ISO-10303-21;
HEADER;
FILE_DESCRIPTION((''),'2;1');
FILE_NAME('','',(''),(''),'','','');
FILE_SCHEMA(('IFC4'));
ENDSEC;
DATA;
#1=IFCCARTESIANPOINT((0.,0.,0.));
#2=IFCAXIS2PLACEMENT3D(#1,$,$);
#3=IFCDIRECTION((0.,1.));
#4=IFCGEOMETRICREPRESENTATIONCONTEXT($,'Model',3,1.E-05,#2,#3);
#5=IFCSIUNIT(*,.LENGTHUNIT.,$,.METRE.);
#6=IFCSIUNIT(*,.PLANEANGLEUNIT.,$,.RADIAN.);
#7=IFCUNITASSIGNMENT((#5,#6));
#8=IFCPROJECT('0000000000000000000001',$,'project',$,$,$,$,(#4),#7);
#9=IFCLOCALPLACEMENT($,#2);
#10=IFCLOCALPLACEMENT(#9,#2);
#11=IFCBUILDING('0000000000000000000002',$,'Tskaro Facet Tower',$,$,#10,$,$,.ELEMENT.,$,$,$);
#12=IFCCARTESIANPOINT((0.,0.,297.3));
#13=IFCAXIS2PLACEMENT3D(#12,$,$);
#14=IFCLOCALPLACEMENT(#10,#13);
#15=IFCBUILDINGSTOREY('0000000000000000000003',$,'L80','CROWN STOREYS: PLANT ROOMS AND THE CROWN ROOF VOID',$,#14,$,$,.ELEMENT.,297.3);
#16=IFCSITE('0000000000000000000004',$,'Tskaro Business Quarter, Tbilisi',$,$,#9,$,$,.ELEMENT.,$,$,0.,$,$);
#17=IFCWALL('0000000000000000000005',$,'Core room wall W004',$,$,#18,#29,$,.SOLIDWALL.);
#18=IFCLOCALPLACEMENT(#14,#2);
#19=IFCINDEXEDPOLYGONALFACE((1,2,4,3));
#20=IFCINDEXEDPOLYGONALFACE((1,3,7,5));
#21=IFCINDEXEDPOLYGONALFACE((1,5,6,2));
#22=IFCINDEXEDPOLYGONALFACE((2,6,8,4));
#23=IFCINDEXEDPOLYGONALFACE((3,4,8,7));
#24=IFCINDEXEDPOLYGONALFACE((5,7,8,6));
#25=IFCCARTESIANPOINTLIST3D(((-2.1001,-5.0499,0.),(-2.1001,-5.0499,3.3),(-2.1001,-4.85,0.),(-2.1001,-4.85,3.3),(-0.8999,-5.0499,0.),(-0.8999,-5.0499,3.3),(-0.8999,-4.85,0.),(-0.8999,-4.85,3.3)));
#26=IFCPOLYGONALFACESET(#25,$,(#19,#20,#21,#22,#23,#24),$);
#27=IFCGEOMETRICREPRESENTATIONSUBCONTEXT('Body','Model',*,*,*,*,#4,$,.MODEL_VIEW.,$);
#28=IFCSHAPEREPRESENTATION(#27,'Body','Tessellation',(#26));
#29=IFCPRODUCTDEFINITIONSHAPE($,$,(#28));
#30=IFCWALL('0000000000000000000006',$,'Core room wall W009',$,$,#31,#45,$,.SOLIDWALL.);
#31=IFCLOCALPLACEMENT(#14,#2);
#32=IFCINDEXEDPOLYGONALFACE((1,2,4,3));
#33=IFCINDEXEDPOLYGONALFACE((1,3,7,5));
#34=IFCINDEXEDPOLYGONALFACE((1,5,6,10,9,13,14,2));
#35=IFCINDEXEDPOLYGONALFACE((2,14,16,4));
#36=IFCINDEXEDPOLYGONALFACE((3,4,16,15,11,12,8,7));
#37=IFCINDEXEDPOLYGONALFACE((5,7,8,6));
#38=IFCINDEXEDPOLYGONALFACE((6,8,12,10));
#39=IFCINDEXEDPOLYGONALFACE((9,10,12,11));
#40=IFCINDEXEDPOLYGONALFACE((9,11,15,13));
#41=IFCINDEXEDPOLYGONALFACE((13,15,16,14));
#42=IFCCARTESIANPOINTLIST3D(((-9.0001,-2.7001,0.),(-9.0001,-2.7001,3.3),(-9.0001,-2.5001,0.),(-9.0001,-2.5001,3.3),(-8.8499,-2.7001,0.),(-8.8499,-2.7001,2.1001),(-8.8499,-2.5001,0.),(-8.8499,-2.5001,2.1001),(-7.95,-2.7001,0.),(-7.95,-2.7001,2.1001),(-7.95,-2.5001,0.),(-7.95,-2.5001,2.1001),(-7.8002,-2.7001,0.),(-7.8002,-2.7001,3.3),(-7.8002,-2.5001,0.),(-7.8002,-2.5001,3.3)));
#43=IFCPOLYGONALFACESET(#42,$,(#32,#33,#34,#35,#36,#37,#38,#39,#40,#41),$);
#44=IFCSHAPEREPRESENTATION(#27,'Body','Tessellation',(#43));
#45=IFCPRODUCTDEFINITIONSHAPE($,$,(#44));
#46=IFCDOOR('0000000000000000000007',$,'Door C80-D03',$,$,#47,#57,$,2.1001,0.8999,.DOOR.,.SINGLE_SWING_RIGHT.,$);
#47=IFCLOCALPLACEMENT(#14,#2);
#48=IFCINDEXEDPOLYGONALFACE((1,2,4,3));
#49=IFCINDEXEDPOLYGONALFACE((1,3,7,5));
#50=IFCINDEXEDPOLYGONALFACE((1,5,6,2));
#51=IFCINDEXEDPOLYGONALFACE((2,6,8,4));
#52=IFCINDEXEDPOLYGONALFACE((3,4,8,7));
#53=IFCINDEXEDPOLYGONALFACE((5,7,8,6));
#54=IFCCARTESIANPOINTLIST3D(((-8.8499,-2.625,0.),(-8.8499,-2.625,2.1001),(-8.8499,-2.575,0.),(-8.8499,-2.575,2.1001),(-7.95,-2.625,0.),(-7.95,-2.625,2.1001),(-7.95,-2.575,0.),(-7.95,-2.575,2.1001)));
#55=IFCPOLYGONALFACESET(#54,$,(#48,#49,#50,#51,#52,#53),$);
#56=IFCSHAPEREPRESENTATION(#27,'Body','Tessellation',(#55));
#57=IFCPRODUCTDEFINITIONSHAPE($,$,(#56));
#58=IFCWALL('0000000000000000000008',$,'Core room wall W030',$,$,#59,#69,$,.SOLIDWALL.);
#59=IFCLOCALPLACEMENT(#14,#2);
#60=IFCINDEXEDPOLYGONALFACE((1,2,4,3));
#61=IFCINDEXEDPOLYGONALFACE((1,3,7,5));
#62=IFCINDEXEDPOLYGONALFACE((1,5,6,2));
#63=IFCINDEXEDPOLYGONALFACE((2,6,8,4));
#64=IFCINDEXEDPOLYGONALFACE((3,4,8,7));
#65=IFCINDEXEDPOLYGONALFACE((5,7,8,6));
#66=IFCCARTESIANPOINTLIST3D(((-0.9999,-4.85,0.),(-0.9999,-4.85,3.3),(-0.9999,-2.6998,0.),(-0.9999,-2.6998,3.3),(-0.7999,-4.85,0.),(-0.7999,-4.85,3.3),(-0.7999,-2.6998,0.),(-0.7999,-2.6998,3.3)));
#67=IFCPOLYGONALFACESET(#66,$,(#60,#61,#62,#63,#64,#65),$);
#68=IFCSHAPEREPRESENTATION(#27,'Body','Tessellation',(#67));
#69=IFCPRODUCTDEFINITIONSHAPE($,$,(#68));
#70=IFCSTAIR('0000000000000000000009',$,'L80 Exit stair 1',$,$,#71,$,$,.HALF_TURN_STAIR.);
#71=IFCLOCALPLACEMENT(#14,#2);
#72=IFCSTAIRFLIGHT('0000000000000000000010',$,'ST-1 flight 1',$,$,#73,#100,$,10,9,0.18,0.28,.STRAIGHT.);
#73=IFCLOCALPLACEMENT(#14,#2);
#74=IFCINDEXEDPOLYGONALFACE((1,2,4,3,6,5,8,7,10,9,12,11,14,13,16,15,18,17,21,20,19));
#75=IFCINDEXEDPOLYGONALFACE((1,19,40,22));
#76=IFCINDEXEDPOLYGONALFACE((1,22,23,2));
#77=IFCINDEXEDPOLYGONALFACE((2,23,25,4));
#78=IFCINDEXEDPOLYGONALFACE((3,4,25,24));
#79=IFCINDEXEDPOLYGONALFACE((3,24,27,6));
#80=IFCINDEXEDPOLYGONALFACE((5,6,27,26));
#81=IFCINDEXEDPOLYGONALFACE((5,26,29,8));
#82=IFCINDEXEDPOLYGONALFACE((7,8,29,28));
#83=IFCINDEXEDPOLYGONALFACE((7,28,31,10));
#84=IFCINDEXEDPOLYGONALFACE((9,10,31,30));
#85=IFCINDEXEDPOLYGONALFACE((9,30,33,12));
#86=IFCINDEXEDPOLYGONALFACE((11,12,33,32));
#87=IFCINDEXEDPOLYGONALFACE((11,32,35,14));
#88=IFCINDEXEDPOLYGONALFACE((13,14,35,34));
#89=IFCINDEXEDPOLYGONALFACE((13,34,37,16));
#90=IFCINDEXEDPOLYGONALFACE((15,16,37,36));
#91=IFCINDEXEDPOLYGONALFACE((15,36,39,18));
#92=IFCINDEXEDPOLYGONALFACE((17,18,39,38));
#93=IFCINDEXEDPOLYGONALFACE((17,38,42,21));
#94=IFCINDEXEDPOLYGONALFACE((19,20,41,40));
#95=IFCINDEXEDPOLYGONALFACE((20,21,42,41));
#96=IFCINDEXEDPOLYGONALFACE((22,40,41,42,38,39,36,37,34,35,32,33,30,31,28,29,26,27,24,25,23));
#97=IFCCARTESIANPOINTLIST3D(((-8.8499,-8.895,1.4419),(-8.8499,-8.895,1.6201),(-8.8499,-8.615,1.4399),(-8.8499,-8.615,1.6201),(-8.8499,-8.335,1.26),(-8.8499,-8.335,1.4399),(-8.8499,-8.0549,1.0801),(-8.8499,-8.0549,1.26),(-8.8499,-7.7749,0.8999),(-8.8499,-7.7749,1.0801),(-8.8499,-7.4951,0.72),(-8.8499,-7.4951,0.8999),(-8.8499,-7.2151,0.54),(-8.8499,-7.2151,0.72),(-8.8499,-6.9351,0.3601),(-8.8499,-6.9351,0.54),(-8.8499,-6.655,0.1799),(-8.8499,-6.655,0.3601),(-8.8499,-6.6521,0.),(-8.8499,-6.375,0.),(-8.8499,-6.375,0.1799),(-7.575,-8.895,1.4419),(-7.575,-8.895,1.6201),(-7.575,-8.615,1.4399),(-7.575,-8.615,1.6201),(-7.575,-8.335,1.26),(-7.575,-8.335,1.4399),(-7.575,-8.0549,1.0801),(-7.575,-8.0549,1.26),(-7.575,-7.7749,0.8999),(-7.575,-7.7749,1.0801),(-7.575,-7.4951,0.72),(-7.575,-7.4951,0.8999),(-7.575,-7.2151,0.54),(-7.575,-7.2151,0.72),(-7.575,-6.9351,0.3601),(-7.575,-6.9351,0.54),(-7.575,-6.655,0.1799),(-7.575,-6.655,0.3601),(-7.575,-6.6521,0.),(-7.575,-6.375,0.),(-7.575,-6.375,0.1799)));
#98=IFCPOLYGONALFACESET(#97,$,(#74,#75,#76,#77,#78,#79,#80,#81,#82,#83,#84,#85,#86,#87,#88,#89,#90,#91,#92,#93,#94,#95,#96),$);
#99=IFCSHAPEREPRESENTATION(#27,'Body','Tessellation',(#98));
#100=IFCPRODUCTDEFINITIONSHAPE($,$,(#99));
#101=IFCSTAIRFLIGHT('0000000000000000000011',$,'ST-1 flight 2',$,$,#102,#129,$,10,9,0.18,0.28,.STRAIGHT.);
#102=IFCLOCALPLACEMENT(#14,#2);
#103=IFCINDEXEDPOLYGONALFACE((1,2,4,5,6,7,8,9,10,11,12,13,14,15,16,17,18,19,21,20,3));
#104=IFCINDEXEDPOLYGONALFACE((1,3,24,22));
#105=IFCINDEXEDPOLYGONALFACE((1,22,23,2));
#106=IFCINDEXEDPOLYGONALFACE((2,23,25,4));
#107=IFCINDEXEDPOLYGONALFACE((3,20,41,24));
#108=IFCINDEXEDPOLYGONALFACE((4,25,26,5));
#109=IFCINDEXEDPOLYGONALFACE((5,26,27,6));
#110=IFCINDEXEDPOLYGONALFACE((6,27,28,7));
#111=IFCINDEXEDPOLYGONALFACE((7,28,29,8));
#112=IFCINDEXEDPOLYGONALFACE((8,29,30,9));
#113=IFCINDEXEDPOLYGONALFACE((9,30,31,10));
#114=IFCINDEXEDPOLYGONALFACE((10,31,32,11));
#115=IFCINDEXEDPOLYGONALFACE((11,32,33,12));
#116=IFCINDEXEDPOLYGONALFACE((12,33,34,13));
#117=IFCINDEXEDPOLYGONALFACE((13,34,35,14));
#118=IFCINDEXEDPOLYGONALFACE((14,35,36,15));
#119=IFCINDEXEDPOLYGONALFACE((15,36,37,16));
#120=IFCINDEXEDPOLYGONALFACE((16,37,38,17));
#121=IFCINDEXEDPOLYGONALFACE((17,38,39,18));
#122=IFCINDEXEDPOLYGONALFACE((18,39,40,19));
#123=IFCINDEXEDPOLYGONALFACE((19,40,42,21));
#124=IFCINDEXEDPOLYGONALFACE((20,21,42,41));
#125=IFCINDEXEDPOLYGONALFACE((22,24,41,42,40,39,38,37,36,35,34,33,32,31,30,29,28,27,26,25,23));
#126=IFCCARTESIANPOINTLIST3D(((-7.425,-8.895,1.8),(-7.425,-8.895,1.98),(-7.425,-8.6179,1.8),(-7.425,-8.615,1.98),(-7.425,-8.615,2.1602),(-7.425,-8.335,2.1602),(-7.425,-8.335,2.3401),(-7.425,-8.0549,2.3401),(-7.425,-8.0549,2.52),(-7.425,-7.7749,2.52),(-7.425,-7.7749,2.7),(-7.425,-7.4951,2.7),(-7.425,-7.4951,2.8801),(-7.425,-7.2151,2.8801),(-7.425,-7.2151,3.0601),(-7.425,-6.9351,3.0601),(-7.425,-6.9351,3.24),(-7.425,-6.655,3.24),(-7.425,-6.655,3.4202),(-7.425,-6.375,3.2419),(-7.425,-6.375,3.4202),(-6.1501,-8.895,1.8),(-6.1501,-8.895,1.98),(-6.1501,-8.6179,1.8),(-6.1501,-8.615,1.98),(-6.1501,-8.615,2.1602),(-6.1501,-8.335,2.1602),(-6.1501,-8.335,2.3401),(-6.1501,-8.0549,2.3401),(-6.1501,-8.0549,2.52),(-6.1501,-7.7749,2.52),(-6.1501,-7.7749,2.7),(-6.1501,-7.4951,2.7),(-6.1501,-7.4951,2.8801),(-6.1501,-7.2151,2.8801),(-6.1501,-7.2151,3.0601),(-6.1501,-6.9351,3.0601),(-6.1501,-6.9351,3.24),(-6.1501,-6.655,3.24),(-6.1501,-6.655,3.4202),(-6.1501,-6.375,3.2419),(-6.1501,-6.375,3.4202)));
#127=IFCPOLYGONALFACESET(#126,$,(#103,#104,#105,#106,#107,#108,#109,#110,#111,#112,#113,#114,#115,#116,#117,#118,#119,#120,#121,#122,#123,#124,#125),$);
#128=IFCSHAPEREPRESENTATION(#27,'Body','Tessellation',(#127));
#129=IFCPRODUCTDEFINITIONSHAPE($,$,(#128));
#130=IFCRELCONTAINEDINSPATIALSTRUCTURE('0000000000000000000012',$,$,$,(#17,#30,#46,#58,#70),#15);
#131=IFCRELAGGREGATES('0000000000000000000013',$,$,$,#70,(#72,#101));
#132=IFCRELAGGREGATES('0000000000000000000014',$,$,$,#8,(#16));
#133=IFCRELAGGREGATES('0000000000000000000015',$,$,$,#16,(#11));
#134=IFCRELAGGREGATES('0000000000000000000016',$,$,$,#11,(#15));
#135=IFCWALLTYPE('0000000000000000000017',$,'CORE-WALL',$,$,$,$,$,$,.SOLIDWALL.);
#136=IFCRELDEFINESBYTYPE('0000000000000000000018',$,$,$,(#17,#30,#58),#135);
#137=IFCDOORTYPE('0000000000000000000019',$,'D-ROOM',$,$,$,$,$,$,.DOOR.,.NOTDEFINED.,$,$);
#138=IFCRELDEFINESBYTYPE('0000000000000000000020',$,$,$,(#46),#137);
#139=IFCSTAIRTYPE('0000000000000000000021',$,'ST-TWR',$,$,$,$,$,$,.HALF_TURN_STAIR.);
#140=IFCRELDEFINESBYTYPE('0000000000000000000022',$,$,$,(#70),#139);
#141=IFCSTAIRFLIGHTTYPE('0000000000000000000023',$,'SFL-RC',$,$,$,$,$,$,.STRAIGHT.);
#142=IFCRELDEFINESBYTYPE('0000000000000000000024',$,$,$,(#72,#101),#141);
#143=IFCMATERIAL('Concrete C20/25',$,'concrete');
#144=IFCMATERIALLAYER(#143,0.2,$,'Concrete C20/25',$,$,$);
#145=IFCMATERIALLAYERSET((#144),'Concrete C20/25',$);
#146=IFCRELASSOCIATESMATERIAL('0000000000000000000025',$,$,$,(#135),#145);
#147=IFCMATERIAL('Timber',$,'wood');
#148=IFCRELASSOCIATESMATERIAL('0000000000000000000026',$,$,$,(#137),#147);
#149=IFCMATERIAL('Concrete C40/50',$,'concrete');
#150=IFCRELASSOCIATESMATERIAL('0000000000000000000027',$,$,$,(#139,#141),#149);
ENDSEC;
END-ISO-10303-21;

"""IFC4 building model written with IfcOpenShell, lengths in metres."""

from ifc_helpers import new_model, si_unit, direction, frame, frame_2d, origin, place, context, subcontext, project, spatial, polyline, rectangle, outline, extrude, material, layer, layer_set, type_object, element, fill, aggregate, save


model = new_model("IFC4")

# Units and contexts
model_context = context("Model", 3, precision=1e-05, world=origin(), true_north=direction((0.0, 1.0)))
body_context = subcontext(model_context, "Body", "Model", "MODEL_VIEW")
ifc_project = project(units=[si_unit("LENGTHUNIT", "METRE"), si_unit("PLANEANGLEUNIT", "RADIAN")], contexts=[model_context])

# Site, building, storey
site_placement = place(None, origin())
site = spatial("IfcSite", under=ifc_project, at=site_placement, Name="Tskaro Business Quarter, Tbilisi", CompositionType="ELEMENT", RefElevation=0.0)
building_placement = place(site_placement, origin())
building = spatial("IfcBuilding", under=site, at=building_placement, Name="Tskaro Facet Tower", CompositionType="ELEMENT")
storey_placement = place(building_placement, frame((0.0, 0.0, 297.3)))
storey = spatial("IfcBuildingStorey", under=building, at=storey_placement, Name="L80", Description="CROWN STOREYS: PLANT ROOMS AND THE CROWN ROOF VOID", CompositionType="ELEMENT", Elevation=297.3)

# Wall
ifc_material_1 = material(Name="Concrete C20/25", Category="concrete")
ifc_layer_1 = layer(ifc_material_1, 0.2, Name="Concrete C20/25")
ifc_layer_set_1 = layer_set([ifc_layer_1], Name="Concrete C20/25")
wall_type_1 = type_object("IfcWallType", Name="CORE-WALL", PredefinedType="SOLIDWALL", material=ifc_layer_set_1)
wall_1_placement = place(storey_placement, frame((-2.1001, -4.95, 0.0), z_axis=(0.0, 0.0, 1.0), x_axis=(1.0, 0.0, 0.0)))
element("IfcWall", 1, at=wall_1_placement, inside=storey, type_object=wall_type_1, Name="Core room wall W004", PredefinedType="SOLIDWALL", context=body_context, shape_type="SweptSolid", body=[
    extrude(rectangle(XDim=1.2002, YDim=0.2, at=frame_2d((0.6001, 0.0))), origin(), (0.0, 0.0, 1.0), 3.3),
])

# Wall, opening, door
wall_2_placement = place(storey_placement, frame((-7.8, -2.6001, 0.0), z_axis=(0.0, 0.0, 1.0), x_axis=(-1.0, 0.0, 0.0)))
wall_2 = element("IfcWall", 2, at=wall_2_placement, inside=storey, type_object=wall_type_1, Name="Core room wall W009", PredefinedType="SOLIDWALL", context=body_context, shape_type="SweptSolid", body=[
    extrude(rectangle(XDim=1.2, YDim=0.2, at=frame_2d((0.6001, 0.0))), origin(), (0.0, 0.0, 1.0), 3.3),
])
opening_placement = place(wall_2_placement, frame((0.1499, 0.0, 0.0)))
opening = element("IfcOpeningElement", 3, at=opening_placement, cuts=wall_2, PredefinedType="OPENING", context=body_context, shape_type="SweptSolid", body=[
    extrude(rectangle(XDim=0.8999, YDim=2.1001, at=frame_2d((0.45, 1.05))), frame((0.0, 0.1099, 0.0), z_axis=(0.0, -1.0, 0.0), x_axis=(1.0, 0.0, 0.0)), (0.0, 0.0, 1.0), 0.22),
])
ifc_material_2 = material(Name="Timber", Category="wood")
door_type = type_object("IfcDoorType", Name="D-ROOM", OperationType="NOTDEFINED", PredefinedType="DOOR", material=ifc_material_2)
door_placement = place(opening_placement, origin())
door = element("IfcDoor", 4, at=door_placement, inside=storey, type_object=door_type, Name="Door C80-D03", OperationType="SINGLE_SWING_RIGHT", OverallHeight=2.1001, OverallWidth=0.8999, PredefinedType="DOOR", context=body_context, shape_type="SweptSolid", body=[
    extrude(rectangle(XDim=0.8999, YDim=2.1001, at=frame_2d((0.45, 1.05))), frame((0.0, 0.0249, 0.0), z_axis=(0.0, -1.0, 0.0), x_axis=(1.0, 0.0, 0.0)), (0.0, 0.0, 1.0), 0.05),
])
fill(opening, door)

# Wall
wall_3_placement = place(storey_placement, frame((-0.8999, -4.8501, 0.0), z_axis=(0.0, 0.0, 1.0), x_axis=(0.0, 1.0, 0.0)))
element("IfcWall", 5, at=wall_3_placement, inside=storey, type_object=wall_type_1, Name="Core room wall W030", PredefinedType="SOLIDWALL", context=body_context, shape_type="SweptSolid", body=[
    extrude(rectangle(XDim=2.1501, YDim=0.2, at=frame_2d((1.0752, 0.0))), origin(), (0.0, 0.0, 1.0), 3.3),
])

# Stair, stair flights
ifc_material_3 = material(Name="Concrete C40/50", Category="concrete")
stair_type = type_object("IfcStairType", Name="ST-TWR", PredefinedType="HALF_TURN_STAIR", material=ifc_material_3)
stair_placement = place(storey_placement, origin())
stair = element("IfcStair", 6, at=stair_placement, inside=storey, type_object=stair_type, Name="L80 Exit stair 1", PredefinedType="HALF_TURN_STAIR")
stair_flight_type = type_object("IfcStairFlightType", Name="SFL-RC", PredefinedType="STRAIGHT", material=ifc_material_3)
stair_flight_1_placement = place(storey_placement, frame((-8.2124, -6.375, 0.0), z_axis=(0.0, 0.0, 1.0), x_axis=(0.0, -1.0, 0.0)))
stair_flight_1 = element("IfcStairFlight", 7, at=stair_flight_1_placement, type_object=stair_flight_type, Name="ST-1 flight 1", NumberOfRisers=10, NumberOfTreads=9, PredefinedType="STRAIGHT", RiserHeight=0.18, TreadLength=0.28, context=body_context, shape_type="SweptSolid", body=[
    extrude(outline(polyline([(0.0, 0.0), (0.0, 0.1799), (0.28, 0.1799), (0.28, 0.3601), (0.5601, 0.3601), (0.5601, 0.54), (0.8401, 0.54), (0.8401, 0.72), (1.1201, 0.72), (1.1201, 0.8999), (1.3999, 0.8999), (1.3999, 1.0801), (1.6799, 1.0801), (1.6799, 1.26), (1.96, 1.26), (1.96, 1.4399), (2.24, 1.4399), (2.24, 1.6201), (2.52, 1.6201), (2.52, 1.8), (2.52, 1.4419), (0.2771, 0.0), (0.0, 0.0)])), frame((0.0, 0.6375, 0.0), z_axis=(0.0, -1.0, 0.0), x_axis=(1.0, 0.0, 0.0)), (0.0, 0.0, 1.0), 1.2749),
])
stair_flight_2_placement = place(storey_placement, frame((-6.7876, -8.895, 1.8), z_axis=(0.0, 0.0, 1.0), x_axis=(0.0, 1.0, 0.0)))
stair_flight_2 = element("IfcStairFlight", 8, at=stair_flight_2_placement, type_object=stair_flight_type, Name="ST-1 flight 2", NumberOfRisers=10, NumberOfTreads=9, PredefinedType="STRAIGHT", RiserHeight=0.18, TreadLength=0.28, context=body_context, shape_type="SweptSolid", body=[
    extrude(outline(polyline([(0.0, 0.0), (0.0, 0.1799), (0.28, 0.1799), (0.28, 0.3601), (0.5601, 0.3601), (0.5601, 0.54), (0.8401, 0.54), (0.8401, 0.72), (1.1201, 0.72), (1.1201, 0.8999), (1.3999, 0.8999), (1.3999, 1.0801), (1.6799, 1.0801), (1.6799, 1.26), (1.96, 1.26), (1.96, 1.4399), (2.24, 1.4399), (2.24, 1.6201), (2.52, 1.6201), (2.52, 1.8), (2.52, 1.4419), (0.2771, 0.0), (0.0, 0.0)])), frame((0.0, 0.6375, 0.0), z_axis=(0.0, -1.0, 0.0), x_axis=(1.0, 0.0, 0.0)), (0.0, 0.0, 1.0), 1.2749),
])
aggregate(stair, [stair_flight_1, stair_flight_2])

save(model, "model.ifc")
